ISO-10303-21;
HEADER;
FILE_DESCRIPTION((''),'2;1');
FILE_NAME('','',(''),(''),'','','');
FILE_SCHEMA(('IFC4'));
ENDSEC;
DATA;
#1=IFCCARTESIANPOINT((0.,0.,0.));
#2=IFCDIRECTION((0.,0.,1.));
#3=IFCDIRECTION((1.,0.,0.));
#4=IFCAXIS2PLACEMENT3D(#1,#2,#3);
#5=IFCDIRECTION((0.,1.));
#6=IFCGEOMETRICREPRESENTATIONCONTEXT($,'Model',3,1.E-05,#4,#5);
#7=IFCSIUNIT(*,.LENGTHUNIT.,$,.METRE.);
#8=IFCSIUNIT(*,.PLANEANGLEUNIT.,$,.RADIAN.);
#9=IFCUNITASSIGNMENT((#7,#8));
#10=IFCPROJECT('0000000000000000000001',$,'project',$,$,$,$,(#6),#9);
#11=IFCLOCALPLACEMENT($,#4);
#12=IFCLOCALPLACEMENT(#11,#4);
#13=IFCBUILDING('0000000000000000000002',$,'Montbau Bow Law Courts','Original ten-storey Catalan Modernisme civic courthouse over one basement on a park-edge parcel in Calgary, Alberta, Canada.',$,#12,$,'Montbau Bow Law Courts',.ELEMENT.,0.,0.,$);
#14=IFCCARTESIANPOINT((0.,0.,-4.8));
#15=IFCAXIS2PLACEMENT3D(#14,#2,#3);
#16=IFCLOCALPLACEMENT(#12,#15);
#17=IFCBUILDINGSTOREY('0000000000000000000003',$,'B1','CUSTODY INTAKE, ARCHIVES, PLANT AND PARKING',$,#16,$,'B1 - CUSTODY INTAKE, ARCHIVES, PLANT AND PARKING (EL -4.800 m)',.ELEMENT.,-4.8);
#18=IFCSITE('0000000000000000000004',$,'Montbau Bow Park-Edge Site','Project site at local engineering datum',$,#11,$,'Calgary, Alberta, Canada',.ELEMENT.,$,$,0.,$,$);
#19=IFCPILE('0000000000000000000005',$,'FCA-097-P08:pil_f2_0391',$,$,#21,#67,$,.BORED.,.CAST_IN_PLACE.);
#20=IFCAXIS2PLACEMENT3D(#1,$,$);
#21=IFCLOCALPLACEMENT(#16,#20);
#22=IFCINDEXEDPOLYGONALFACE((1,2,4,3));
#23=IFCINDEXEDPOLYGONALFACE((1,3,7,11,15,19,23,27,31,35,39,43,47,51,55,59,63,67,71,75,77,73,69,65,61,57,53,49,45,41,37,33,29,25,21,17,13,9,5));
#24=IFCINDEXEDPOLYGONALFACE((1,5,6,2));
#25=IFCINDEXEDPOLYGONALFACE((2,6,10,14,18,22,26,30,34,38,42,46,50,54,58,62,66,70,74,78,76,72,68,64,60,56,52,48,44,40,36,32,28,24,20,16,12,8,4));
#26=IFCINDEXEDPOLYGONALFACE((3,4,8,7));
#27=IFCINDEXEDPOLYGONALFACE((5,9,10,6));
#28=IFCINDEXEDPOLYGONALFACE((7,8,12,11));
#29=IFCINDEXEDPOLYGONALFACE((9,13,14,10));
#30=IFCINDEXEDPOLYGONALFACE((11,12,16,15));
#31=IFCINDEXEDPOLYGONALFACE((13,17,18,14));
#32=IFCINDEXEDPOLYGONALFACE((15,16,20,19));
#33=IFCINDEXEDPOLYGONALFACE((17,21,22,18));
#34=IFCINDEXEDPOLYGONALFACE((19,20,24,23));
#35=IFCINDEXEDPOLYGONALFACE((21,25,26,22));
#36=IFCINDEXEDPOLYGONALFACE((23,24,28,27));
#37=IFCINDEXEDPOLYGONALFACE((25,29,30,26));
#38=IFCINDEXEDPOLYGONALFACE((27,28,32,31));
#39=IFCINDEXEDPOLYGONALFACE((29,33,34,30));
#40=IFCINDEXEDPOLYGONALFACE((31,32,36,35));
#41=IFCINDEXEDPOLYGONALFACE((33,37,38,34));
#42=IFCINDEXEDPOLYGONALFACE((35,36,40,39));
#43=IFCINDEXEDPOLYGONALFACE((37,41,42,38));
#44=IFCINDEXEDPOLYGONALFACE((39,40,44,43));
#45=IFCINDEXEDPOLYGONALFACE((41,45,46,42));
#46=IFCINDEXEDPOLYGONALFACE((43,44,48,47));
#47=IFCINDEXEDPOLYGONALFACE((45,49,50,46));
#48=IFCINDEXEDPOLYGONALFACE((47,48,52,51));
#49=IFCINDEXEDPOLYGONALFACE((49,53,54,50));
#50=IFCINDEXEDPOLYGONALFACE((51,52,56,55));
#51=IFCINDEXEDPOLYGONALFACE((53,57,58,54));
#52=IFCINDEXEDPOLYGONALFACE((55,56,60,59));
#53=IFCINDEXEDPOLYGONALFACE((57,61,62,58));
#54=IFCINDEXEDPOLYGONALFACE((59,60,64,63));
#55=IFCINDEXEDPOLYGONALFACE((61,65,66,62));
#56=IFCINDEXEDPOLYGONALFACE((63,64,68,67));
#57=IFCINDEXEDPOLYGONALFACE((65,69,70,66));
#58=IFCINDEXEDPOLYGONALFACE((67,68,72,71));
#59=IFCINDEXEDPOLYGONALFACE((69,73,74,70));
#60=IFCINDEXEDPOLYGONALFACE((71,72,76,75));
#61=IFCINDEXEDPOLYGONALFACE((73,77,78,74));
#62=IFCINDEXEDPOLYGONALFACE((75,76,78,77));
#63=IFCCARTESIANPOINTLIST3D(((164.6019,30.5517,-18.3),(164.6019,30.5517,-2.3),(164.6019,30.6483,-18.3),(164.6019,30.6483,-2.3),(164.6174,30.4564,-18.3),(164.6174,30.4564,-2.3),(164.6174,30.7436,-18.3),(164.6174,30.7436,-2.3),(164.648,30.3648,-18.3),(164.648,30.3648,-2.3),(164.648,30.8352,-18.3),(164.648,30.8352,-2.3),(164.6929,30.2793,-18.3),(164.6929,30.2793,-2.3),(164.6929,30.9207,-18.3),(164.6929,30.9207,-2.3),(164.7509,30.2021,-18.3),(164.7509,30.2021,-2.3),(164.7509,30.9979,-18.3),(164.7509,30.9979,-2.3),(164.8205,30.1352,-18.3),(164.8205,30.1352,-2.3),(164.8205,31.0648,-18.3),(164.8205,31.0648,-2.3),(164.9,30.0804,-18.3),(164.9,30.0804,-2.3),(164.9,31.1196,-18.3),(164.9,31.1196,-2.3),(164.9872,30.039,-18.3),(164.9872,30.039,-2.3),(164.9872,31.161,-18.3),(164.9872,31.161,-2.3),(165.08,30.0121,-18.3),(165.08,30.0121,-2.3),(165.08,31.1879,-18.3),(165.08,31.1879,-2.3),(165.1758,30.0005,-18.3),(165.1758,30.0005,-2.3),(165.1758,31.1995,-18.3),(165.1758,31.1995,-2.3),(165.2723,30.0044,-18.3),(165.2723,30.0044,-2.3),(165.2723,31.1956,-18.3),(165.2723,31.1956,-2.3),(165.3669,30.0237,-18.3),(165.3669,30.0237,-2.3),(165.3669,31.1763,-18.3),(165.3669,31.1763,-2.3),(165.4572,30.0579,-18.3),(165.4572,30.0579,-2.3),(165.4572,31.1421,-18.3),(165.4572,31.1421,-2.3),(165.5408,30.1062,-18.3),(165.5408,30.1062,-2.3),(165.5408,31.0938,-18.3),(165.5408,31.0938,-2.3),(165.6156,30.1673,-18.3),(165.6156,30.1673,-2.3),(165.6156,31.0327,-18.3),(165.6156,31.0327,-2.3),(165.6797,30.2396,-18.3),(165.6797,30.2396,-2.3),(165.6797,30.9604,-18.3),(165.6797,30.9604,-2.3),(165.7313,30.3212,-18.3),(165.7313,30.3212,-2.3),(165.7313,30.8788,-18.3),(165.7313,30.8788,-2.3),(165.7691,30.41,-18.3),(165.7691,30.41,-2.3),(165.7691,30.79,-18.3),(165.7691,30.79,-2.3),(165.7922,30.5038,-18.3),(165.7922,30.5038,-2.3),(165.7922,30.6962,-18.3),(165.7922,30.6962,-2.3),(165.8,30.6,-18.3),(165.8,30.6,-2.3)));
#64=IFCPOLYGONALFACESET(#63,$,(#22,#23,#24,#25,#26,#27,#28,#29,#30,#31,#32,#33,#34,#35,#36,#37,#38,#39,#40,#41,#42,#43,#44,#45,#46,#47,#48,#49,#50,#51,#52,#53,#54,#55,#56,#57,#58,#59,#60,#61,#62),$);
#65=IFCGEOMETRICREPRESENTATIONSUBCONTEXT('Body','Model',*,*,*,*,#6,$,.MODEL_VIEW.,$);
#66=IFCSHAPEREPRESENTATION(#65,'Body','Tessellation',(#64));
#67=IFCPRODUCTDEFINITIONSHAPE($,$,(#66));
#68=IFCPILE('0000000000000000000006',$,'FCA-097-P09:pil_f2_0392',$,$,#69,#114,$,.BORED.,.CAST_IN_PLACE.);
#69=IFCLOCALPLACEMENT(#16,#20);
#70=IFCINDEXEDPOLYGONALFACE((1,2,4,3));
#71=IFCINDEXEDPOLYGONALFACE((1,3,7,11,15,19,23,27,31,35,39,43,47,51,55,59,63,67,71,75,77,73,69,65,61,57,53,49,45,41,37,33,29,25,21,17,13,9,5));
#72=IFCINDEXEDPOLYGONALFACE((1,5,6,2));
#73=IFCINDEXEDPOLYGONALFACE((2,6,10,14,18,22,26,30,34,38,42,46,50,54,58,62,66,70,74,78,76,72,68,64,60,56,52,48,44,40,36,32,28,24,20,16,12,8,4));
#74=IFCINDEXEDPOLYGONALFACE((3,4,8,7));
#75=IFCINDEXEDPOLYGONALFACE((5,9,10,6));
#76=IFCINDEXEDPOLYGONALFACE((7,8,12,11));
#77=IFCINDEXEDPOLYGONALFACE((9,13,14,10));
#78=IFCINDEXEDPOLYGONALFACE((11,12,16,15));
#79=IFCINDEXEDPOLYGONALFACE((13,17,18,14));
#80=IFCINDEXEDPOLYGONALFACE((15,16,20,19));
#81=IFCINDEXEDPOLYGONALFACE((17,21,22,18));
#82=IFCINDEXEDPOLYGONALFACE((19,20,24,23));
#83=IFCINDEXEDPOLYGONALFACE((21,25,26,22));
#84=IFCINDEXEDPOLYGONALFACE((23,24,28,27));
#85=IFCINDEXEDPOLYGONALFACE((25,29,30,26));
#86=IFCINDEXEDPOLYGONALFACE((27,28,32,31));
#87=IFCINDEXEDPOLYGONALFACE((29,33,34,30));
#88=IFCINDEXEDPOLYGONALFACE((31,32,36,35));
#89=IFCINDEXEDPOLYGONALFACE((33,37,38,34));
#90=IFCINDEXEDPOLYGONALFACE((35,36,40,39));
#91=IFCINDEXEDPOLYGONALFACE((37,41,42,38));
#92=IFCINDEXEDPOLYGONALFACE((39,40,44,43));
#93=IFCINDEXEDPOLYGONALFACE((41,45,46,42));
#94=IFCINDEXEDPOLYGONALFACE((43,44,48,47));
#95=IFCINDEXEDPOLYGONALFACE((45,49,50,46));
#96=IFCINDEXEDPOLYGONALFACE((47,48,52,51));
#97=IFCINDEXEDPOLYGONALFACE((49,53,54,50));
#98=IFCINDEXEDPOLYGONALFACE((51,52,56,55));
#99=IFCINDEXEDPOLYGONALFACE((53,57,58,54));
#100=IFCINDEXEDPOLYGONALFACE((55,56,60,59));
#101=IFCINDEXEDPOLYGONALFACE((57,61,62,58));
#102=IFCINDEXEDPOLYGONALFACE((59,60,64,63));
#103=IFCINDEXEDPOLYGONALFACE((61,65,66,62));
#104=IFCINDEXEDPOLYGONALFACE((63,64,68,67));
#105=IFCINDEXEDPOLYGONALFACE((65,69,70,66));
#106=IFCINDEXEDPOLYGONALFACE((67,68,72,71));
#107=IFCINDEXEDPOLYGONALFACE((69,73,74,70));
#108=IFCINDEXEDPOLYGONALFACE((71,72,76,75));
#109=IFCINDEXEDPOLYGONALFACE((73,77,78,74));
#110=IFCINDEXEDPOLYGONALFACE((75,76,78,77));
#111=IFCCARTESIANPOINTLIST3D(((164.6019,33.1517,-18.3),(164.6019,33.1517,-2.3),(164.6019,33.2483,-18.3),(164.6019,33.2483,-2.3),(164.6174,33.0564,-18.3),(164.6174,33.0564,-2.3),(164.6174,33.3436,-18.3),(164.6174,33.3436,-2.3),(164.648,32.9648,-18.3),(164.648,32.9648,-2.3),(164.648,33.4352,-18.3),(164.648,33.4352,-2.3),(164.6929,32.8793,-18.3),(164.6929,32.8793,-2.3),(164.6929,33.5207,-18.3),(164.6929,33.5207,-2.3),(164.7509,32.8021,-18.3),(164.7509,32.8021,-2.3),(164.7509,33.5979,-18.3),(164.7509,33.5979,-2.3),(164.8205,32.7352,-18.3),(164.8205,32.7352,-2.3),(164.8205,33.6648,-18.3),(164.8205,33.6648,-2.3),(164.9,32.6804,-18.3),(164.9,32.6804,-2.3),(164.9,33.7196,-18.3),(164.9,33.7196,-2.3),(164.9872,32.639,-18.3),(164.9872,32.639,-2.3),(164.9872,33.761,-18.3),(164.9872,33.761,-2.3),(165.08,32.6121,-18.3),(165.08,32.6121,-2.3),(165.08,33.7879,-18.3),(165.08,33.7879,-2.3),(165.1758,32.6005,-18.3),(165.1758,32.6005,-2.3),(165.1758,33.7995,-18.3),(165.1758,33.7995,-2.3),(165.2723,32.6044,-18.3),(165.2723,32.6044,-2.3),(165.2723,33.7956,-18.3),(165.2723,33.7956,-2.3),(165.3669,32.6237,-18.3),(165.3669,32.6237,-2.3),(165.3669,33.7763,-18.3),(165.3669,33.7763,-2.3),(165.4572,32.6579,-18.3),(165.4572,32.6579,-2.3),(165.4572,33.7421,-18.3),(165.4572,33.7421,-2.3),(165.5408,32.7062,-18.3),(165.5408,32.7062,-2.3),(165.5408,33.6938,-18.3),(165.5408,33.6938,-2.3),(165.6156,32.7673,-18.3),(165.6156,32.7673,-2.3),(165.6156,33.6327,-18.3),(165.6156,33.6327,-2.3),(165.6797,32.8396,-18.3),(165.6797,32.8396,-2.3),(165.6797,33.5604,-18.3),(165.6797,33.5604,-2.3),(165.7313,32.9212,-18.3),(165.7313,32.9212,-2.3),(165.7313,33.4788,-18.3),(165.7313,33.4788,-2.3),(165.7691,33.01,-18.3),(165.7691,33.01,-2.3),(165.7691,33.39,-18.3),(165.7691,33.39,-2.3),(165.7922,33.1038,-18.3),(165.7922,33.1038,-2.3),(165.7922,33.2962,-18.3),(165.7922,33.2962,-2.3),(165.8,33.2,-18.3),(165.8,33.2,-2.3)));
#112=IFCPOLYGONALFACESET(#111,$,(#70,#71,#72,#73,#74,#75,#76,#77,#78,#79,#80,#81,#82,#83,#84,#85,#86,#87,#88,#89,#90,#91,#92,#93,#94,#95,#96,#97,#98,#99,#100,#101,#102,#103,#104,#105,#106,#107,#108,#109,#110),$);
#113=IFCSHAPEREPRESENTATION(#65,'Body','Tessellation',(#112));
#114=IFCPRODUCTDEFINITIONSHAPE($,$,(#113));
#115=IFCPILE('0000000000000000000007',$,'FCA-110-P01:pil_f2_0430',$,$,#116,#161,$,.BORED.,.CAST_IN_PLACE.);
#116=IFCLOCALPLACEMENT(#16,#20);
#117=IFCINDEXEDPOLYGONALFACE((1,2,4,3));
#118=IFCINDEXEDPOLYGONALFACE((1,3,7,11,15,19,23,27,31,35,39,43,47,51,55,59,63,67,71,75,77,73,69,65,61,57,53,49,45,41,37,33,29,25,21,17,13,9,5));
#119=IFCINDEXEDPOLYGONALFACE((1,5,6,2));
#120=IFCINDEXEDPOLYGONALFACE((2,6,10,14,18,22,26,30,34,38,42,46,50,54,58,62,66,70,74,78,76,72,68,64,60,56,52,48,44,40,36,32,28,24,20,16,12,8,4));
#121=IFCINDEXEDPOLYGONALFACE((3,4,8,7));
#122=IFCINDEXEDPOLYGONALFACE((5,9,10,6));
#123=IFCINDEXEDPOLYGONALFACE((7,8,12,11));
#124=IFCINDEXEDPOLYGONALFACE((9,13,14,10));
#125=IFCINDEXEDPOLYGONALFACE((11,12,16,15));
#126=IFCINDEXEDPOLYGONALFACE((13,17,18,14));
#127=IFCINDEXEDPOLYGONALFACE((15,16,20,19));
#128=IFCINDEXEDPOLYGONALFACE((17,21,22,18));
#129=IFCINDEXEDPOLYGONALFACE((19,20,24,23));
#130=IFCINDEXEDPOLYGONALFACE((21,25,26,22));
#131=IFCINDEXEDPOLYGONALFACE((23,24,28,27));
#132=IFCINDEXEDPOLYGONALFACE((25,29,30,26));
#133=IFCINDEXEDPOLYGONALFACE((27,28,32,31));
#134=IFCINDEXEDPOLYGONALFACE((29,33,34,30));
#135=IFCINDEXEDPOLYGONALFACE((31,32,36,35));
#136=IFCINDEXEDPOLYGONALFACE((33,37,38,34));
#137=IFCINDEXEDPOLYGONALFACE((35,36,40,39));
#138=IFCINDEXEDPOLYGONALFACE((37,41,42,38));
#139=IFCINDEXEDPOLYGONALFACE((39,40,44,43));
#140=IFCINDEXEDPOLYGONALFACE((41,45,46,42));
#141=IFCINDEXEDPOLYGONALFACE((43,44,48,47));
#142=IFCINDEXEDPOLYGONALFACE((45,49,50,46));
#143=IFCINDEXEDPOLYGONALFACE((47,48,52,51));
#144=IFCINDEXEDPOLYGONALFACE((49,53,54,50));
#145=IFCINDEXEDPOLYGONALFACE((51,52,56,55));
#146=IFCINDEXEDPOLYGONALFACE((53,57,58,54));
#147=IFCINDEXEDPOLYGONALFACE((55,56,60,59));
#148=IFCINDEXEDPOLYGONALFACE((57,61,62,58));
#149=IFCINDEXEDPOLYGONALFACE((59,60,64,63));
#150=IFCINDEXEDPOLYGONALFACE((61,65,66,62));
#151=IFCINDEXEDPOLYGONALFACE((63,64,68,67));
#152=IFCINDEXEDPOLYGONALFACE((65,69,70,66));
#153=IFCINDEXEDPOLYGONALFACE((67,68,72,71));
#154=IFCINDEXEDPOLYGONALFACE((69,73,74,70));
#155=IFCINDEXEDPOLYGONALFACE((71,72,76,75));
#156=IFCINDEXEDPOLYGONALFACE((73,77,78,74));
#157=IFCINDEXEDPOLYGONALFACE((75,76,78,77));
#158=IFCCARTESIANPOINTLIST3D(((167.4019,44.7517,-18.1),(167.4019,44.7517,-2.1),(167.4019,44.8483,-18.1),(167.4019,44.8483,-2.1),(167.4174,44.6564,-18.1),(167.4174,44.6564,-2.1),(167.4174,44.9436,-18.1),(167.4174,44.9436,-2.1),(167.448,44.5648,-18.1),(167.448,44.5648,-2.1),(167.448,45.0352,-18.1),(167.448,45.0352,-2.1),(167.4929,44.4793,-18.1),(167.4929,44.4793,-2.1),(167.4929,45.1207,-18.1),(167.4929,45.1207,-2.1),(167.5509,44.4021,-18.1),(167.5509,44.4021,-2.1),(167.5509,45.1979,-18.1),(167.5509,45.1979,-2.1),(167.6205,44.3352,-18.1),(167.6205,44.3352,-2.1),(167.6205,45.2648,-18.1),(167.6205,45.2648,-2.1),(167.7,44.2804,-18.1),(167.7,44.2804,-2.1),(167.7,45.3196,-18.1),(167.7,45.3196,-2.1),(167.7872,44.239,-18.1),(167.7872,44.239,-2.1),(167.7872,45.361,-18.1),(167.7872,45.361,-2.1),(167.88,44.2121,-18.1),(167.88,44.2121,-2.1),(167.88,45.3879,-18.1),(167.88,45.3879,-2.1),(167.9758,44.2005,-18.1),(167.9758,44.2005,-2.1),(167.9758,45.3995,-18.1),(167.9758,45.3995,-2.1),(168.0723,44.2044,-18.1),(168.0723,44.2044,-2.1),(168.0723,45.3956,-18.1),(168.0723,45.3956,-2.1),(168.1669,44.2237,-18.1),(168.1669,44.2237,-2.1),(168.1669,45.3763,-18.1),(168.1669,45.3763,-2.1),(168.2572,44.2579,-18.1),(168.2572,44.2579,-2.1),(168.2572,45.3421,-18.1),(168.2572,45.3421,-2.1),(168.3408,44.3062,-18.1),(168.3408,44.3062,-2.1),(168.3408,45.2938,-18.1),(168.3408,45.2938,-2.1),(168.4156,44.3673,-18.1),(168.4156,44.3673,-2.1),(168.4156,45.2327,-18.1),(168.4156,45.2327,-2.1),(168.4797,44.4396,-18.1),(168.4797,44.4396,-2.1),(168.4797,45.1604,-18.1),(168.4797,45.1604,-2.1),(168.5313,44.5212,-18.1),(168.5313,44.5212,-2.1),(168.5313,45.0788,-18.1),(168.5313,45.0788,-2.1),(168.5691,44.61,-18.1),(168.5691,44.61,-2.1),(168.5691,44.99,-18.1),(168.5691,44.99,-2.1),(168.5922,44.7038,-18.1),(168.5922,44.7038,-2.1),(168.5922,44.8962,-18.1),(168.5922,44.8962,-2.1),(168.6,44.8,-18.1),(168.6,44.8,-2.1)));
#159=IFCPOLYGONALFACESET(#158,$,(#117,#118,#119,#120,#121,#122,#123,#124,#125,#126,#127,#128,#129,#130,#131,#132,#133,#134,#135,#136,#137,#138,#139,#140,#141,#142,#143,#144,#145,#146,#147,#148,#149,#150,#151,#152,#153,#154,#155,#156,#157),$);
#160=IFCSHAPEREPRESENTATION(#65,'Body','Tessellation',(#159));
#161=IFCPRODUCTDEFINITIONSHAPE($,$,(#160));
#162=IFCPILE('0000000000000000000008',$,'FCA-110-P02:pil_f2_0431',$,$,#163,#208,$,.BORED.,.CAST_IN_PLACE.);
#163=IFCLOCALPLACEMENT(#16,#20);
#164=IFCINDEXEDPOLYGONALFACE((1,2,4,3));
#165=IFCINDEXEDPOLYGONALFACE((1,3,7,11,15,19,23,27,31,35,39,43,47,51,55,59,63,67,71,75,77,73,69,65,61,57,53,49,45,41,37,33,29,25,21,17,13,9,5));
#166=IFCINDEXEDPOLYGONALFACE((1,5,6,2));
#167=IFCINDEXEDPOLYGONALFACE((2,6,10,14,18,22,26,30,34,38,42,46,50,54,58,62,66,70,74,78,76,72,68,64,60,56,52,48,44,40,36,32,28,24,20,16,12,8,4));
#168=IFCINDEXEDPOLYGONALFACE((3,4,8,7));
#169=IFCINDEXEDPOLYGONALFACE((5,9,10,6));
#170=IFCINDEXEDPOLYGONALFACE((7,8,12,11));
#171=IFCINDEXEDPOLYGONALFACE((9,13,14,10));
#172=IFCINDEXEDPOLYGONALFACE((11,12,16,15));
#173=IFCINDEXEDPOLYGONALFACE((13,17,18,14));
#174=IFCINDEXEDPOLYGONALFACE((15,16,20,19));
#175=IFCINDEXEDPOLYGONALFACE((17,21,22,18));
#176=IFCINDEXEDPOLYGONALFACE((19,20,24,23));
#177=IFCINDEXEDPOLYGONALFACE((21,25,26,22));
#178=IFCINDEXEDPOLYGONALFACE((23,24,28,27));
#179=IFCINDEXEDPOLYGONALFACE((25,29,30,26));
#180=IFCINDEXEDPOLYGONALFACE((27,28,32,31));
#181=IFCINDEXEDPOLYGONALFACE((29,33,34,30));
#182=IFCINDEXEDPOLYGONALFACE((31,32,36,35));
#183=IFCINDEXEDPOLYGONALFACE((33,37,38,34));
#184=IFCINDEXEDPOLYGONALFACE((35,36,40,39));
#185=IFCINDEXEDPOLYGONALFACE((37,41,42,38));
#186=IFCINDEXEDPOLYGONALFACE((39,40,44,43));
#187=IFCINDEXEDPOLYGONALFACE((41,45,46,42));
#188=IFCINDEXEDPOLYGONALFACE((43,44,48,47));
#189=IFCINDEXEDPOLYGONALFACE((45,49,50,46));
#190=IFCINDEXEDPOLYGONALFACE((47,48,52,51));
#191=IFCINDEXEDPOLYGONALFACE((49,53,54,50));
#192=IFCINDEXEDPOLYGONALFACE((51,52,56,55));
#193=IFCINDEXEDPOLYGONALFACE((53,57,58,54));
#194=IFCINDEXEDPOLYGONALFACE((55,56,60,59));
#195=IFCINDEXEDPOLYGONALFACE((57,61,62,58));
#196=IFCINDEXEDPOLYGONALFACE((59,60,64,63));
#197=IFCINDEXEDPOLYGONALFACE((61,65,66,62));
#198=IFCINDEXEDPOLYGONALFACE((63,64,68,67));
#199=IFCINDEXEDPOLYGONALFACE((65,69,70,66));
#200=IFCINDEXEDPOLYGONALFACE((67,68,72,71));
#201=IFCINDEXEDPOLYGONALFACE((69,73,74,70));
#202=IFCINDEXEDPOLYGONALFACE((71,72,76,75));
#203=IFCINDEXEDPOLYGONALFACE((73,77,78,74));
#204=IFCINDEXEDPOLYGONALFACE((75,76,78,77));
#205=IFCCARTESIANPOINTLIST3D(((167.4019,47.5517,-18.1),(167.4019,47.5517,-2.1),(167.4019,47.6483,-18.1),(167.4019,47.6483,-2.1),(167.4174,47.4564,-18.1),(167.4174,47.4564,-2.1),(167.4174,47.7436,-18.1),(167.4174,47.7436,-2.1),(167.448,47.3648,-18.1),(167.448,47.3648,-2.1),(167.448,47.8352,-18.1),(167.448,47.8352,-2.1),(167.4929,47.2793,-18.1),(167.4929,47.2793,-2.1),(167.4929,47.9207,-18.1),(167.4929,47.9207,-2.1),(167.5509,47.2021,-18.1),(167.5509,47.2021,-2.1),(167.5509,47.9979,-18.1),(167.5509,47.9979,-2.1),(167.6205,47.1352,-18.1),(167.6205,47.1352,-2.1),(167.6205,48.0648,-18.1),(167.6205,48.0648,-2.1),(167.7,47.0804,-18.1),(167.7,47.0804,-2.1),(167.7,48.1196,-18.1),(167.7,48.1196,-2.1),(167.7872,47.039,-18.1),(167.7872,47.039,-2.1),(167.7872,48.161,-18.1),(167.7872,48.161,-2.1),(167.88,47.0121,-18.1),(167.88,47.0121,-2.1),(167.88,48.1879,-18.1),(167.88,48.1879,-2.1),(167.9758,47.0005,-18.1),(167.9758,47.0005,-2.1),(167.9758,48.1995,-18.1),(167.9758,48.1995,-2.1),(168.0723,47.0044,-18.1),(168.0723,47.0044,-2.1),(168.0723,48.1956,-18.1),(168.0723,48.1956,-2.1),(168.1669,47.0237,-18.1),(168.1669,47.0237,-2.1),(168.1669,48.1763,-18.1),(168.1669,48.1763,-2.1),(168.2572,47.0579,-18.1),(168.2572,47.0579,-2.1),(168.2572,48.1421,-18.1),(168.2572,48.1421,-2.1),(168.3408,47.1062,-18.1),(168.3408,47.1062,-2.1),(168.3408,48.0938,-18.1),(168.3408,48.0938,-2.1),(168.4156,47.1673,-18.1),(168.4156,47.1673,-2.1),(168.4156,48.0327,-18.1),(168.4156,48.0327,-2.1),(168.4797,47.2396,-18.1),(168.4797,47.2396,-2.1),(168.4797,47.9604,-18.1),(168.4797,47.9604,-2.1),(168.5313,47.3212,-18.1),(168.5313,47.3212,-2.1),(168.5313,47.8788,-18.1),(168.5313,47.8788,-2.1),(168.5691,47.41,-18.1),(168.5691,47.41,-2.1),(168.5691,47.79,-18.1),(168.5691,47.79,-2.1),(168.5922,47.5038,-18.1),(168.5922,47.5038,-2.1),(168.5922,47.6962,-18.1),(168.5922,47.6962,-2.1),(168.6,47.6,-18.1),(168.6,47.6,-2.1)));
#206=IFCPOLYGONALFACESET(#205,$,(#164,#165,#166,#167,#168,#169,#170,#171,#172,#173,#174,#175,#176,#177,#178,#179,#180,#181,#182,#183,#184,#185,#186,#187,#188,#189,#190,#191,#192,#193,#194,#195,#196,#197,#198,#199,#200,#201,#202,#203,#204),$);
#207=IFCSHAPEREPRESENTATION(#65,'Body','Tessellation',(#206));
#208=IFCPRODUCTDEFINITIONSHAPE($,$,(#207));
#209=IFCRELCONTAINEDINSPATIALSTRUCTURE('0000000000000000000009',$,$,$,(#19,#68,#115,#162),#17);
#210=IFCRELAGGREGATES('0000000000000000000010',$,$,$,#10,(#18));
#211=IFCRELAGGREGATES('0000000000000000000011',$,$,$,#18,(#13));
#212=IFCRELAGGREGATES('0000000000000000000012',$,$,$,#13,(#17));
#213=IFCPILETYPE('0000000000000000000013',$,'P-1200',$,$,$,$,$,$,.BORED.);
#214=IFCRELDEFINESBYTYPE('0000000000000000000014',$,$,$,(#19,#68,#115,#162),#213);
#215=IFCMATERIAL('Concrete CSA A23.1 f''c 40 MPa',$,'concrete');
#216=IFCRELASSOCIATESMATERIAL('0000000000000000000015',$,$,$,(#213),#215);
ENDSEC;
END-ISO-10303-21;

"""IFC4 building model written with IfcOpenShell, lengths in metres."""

from ifc_helpers import new_model, si_unit, direction, frame, origin_with_axes, origin_2d_with_axis, place, context, subcontext, project, spatial, circle, extrude, material, material_profile, profile_set, type_object, element, save


model = new_model("IFC4")

# Units and contexts
model_context = context("Model", 3, precision=1e-05, world=origin_with_axes(), true_north=direction((0.0, 1.0)))
body_context = subcontext(model_context, "Body", "Model", "MODEL_VIEW")
ifc_project = project(units=[si_unit("LENGTHUNIT", "METRE"), si_unit("PLANEANGLEUNIT", "RADIAN")], contexts=[model_context])

# Site, building, storey
site_placement = place(None, origin_with_axes())
site = spatial("IfcSite", under=ifc_project, at=site_placement, Name="Montbau Bow Park-Edge Site", Description="Project site at local engineering datum", LongName="Calgary, Alberta, Canada", CompositionType="ELEMENT", RefElevation=0.0)
building_placement = place(site_placement, origin_with_axes())
building = spatial("IfcBuilding", under=site, at=building_placement, Name="Montbau Bow Law Courts", Description="Original ten-storey Catalan Modernisme civic courthouse over one basement on a park-edge parcel in Calgary, Alberta, Canada.", LongName="Montbau Bow Law Courts", CompositionType="ELEMENT", ElevationOfRefHeight=0.0, ElevationOfTerrain=0.0)
storey_placement = place(building_placement, frame((0.0, 0.0, -4.8), z_axis=(0.0, 0.0, 1.0), x_axis=(1.0, 0.0, 0.0)))
storey = spatial("IfcBuildingStorey", under=building, at=storey_placement, Name="B1", Description="CUSTODY INTAKE, ARCHIVES, PLANT AND PARKING", LongName="B1 - CUSTODY INTAKE, ARCHIVES, PLANT AND PARKING (EL -4.800 m)", CompositionType="ELEMENT", Elevation=-4.8)

# Piles
ifc_material_1 = material(Name="Concrete CSA A23.1 f'c 40 MPa", Category="concrete")
ifc_material_profile_1 = material_profile(ifc_material_1, circle(Radius=0.6, at=origin_2d_with_axis()), Name="BP1200", Category="Main", Priority=0)
ifc_profile_set_1 = profile_set([ifc_material_profile_1], Name="Concrete CSA A23.1 f'c 40 MPa")
pile_type_1 = type_object("IfcPileType", Name="P-1200", PredefinedType="BORED", material=ifc_profile_set_1)
for number, where, z_axis, x_axis, name in (
    (1, (165.2, 30.6, -23.1), (0.0, 0.0, 1.0), (1.0, 0.0, 0.0), "FCA-097-P08:pil_f2_0391"),
    (2, (165.2, 33.2, -23.1), (0.0, 0.0, 1.0), (1.0, 0.0, 0.0), "FCA-097-P09:pil_f2_0392"),
    (3, (168.0, 44.8, -22.9), (0.0, 0.0, 1.0), (1.0, 0.0, 0.0), "FCA-110-P01:pil_f2_0430"),
    (4, (168.0, 47.6, -22.9), (0.0, 0.0, 1.0), (1.0, 0.0, 0.0), "FCA-110-P02:pil_f2_0431"),
):
    element("IfcPile", number, at=place(None, frame(where, z_axis=z_axis, x_axis=x_axis)), inside=storey, type_object=pile_type_1, Name=name, ConstructionType="CAST_IN_PLACE", PredefinedType="BORED", context=body_context, shape_type="SweptSolid", body=[
        extrude(circle(Radius=0.6, at=origin_2d_with_axis()), origin_with_axes(), (0.0, 0.0, 1.0), 16.0),
    ])

save(model, "model.ifc")
